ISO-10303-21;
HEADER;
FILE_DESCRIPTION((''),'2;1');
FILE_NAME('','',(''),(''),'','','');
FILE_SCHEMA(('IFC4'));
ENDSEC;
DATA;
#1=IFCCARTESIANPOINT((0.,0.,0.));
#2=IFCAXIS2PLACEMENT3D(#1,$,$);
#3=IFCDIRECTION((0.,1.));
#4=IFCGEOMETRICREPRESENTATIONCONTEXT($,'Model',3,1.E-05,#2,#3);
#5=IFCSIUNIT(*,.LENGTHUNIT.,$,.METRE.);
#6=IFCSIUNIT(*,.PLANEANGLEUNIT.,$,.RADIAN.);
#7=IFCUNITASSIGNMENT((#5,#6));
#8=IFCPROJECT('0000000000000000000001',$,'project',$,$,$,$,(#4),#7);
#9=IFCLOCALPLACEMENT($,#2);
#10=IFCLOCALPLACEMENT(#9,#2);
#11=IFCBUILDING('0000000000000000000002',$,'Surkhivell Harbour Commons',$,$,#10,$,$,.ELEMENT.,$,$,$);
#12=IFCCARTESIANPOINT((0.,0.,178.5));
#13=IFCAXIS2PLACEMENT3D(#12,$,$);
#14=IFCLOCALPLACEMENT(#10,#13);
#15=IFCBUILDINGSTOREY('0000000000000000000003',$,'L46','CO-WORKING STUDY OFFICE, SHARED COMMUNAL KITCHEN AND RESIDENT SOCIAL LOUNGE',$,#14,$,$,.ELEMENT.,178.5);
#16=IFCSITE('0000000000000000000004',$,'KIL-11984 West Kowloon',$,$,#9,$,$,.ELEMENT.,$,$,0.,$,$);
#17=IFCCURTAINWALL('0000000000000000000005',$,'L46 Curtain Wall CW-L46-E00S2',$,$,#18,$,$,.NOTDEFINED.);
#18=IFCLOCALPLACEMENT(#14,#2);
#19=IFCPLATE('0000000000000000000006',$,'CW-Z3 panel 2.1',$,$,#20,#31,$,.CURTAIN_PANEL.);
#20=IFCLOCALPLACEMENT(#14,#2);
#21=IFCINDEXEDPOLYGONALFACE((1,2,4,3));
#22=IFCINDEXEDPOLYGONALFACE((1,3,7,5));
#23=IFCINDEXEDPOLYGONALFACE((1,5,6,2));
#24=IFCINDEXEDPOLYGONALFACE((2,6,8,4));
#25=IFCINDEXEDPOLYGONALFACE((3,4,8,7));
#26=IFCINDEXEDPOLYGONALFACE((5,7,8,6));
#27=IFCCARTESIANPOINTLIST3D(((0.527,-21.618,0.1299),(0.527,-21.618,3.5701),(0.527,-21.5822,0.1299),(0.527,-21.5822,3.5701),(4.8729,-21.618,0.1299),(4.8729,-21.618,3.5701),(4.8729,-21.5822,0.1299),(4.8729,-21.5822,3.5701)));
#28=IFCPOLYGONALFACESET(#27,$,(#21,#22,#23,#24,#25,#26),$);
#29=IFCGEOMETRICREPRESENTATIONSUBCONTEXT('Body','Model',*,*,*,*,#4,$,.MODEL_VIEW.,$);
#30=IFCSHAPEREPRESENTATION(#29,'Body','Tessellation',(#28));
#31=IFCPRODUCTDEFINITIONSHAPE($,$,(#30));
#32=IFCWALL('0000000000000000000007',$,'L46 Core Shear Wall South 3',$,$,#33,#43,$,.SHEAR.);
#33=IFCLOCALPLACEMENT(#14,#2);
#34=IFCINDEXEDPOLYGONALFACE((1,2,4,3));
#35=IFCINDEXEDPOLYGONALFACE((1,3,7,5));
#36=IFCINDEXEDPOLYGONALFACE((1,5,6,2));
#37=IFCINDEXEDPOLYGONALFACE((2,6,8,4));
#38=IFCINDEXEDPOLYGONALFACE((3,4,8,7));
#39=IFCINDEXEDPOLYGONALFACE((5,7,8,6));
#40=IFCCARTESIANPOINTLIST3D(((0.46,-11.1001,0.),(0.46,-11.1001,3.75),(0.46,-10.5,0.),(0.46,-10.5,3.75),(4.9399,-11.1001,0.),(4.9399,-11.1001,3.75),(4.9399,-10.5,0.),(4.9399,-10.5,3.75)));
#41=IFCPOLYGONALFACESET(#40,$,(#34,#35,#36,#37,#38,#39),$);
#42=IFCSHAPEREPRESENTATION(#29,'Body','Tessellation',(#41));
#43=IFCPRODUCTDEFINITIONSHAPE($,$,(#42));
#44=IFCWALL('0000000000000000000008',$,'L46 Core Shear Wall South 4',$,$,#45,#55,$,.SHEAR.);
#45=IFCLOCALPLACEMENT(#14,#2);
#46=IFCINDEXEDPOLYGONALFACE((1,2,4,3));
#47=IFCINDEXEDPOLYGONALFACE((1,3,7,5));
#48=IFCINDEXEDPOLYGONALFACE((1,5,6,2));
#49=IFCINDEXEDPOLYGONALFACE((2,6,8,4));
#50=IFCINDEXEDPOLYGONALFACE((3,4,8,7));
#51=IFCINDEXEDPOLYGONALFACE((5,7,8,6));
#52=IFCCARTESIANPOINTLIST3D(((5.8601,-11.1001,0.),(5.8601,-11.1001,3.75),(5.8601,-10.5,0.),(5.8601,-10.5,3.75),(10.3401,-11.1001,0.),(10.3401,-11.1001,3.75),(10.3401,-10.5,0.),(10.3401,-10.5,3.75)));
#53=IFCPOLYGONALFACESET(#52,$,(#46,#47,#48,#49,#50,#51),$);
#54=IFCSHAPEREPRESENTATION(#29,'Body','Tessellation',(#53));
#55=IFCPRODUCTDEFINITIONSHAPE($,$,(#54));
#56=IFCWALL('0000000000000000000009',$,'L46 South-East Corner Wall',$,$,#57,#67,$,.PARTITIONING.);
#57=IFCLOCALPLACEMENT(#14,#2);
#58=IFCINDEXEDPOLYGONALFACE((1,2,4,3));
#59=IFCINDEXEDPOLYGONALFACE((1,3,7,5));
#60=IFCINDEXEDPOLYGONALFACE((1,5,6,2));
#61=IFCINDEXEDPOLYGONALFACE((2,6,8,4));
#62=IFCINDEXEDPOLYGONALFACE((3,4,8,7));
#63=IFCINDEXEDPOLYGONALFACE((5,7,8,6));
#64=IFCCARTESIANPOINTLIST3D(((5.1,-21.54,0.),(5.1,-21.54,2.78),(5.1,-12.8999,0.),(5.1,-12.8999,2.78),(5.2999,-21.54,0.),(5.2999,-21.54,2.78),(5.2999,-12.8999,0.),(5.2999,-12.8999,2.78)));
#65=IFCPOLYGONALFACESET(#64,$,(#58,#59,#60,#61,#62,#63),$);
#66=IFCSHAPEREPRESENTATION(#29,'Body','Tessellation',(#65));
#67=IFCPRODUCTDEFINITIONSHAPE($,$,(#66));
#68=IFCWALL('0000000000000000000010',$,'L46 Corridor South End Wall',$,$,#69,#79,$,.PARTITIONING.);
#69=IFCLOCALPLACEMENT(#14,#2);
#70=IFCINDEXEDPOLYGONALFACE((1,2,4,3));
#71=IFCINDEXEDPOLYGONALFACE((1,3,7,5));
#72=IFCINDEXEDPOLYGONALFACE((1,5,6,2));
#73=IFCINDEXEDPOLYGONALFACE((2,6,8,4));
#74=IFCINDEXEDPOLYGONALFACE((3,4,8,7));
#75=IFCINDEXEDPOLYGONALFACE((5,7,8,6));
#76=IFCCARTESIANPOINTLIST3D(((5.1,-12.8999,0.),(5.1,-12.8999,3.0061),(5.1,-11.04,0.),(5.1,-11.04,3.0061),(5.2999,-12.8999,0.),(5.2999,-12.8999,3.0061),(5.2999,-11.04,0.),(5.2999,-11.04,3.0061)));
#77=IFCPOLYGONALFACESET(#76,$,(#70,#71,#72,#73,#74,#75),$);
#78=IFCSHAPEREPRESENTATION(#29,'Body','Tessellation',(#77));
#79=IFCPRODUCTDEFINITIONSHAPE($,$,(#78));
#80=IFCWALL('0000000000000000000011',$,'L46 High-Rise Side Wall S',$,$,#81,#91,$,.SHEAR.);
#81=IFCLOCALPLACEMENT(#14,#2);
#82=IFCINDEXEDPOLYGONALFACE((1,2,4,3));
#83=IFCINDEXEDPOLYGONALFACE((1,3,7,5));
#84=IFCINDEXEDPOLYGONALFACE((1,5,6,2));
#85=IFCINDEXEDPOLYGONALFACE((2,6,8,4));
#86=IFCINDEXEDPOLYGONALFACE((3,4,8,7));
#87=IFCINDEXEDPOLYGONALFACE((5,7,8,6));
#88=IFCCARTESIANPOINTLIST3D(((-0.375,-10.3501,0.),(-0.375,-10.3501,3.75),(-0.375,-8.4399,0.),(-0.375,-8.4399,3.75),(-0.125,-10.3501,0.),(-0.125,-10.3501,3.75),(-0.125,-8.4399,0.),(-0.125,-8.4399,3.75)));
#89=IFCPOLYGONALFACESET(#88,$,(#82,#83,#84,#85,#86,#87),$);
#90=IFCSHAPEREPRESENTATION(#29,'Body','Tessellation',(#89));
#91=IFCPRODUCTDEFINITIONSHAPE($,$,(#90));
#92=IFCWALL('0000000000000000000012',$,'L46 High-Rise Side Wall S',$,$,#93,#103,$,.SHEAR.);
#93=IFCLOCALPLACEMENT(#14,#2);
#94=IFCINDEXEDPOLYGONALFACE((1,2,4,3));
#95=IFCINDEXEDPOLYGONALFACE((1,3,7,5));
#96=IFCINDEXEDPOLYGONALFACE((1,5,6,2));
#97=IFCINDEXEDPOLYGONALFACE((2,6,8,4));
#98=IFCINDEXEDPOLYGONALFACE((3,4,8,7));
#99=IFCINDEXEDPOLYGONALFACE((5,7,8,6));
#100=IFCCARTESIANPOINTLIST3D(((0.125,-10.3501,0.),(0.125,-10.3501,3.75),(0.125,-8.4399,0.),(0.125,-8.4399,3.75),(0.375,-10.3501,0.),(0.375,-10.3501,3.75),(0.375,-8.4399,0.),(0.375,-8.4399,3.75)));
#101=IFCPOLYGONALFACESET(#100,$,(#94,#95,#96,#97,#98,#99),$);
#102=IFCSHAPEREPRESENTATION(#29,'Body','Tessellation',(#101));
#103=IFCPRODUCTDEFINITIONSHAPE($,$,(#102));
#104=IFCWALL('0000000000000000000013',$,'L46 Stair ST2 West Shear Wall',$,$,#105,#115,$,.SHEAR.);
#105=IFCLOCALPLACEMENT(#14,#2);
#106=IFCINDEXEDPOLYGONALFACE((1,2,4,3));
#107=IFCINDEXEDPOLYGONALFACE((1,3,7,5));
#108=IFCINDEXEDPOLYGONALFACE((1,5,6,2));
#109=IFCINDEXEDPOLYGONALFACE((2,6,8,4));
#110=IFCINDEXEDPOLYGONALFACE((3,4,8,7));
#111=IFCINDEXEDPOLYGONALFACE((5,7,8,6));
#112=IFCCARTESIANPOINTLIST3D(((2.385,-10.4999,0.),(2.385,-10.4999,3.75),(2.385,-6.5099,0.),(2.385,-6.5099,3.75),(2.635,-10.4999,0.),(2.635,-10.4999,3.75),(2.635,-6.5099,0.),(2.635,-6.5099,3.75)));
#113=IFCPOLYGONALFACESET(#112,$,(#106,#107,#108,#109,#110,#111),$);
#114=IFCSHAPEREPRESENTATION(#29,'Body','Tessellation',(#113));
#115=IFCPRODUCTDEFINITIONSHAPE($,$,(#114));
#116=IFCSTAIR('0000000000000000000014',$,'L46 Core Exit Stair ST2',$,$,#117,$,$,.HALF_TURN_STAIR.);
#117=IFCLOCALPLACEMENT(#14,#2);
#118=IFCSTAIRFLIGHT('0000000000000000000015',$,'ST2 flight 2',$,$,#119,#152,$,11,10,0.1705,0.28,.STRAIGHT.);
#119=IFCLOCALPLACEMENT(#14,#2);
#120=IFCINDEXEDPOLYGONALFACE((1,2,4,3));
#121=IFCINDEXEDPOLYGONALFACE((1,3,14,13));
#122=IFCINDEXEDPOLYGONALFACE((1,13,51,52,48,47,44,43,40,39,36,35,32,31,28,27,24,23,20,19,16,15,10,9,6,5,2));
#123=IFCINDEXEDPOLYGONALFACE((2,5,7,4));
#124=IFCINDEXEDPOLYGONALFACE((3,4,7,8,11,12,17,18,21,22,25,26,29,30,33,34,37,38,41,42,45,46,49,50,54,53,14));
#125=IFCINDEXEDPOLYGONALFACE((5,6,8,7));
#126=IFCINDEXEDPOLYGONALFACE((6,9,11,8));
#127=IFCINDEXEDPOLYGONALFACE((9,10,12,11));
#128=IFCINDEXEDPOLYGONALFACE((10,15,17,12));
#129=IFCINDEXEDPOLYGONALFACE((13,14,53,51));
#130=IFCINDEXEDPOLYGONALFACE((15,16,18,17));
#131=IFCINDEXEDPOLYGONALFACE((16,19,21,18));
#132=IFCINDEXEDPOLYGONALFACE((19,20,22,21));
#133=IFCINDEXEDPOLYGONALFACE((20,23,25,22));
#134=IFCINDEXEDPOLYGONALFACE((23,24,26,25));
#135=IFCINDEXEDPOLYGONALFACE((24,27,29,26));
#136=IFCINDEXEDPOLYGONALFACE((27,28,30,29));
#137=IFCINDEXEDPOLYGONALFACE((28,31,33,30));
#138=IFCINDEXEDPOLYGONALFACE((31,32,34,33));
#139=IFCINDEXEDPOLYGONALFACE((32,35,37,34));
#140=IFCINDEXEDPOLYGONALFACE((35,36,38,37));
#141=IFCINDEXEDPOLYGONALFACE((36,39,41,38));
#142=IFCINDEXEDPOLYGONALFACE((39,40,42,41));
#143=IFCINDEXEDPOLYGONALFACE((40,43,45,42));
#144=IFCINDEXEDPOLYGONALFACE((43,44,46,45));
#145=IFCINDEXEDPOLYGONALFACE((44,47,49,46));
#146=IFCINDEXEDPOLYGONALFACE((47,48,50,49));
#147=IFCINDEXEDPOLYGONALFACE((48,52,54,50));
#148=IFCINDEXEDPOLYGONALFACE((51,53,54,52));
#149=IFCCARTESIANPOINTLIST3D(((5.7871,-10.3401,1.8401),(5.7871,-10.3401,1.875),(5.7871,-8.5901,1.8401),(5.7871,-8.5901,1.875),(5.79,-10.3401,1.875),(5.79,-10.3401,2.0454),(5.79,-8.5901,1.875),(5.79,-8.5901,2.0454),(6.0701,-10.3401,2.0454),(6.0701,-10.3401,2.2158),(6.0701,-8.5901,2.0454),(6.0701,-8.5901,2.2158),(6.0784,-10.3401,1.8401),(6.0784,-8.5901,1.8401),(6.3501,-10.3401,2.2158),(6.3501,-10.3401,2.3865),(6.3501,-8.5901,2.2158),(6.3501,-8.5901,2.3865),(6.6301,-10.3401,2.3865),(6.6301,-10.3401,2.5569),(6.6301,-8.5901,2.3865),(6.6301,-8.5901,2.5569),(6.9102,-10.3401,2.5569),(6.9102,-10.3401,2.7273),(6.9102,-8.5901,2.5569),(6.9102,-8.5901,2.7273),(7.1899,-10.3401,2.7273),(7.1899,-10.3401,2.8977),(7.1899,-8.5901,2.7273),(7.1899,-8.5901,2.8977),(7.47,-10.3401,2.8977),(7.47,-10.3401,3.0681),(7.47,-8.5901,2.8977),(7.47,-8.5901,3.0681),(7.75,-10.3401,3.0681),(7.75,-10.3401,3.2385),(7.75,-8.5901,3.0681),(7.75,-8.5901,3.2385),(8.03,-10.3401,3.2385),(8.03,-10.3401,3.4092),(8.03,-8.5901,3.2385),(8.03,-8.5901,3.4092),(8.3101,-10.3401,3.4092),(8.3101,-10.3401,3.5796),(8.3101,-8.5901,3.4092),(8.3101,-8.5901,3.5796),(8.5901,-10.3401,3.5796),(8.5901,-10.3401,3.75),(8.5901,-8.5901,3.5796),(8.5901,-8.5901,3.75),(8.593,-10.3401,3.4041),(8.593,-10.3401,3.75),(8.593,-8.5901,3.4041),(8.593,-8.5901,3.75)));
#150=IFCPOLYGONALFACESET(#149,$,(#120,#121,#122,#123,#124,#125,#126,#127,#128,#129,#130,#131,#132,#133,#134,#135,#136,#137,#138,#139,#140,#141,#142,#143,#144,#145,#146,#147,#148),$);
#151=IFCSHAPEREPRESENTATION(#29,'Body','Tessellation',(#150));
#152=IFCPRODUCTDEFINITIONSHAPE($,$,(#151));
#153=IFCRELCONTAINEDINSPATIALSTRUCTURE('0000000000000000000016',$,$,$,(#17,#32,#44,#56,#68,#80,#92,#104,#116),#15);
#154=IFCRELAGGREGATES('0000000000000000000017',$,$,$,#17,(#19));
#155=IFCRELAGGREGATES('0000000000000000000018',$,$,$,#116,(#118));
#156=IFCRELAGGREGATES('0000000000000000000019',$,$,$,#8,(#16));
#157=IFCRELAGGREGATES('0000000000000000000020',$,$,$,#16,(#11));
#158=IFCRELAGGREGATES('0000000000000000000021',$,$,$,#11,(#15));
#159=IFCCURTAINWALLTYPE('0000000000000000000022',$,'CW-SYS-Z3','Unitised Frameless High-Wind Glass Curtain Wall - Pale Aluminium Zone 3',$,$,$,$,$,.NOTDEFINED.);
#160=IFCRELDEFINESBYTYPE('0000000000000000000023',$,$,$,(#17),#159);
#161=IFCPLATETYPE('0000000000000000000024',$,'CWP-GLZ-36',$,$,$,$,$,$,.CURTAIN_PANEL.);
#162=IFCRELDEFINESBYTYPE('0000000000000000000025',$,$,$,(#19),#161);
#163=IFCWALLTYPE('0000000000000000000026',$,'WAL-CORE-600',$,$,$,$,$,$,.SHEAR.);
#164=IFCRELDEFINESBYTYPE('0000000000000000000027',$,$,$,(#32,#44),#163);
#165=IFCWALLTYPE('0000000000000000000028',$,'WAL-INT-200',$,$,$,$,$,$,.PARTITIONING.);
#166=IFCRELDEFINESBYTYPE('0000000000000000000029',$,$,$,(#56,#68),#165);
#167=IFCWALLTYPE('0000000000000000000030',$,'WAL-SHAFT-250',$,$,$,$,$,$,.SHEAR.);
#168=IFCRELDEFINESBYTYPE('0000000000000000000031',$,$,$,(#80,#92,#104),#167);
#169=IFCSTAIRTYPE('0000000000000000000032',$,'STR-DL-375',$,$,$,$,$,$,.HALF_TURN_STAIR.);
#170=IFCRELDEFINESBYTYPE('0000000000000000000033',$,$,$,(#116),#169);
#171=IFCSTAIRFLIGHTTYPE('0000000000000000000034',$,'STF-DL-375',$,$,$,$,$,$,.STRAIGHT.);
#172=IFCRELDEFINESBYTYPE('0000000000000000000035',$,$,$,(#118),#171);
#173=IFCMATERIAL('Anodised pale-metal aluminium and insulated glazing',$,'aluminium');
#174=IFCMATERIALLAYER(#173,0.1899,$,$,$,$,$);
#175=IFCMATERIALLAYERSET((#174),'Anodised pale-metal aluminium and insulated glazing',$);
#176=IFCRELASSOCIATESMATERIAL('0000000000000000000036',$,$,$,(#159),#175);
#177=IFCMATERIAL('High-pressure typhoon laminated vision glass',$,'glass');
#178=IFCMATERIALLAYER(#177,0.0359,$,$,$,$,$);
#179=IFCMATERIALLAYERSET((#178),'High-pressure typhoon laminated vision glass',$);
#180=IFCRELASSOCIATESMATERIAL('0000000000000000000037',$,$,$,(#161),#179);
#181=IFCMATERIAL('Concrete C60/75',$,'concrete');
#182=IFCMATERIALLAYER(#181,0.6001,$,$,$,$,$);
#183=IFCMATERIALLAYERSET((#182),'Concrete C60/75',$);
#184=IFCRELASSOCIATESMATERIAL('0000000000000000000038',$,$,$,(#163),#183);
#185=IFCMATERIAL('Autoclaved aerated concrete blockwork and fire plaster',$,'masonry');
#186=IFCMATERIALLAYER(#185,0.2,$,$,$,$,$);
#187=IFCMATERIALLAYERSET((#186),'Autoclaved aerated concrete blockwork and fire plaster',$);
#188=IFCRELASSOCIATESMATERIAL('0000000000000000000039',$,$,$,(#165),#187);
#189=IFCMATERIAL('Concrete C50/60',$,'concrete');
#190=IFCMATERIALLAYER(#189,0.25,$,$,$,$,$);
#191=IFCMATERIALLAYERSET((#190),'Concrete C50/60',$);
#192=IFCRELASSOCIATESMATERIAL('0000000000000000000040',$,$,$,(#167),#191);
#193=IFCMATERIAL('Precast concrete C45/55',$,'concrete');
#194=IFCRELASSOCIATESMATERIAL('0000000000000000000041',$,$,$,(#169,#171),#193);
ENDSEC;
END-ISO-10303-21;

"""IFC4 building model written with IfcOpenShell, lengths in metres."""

from ifc_helpers import new_model, si_unit, direction, frame, frame_2d, origin, place, context, subcontext, project, spatial, polyline, rectangle, outline, extrude, material, layer, layer_set, type_object, element, aggregate, save


model = new_model("IFC4")

# Units and contexts
model_context = context("Model", 3, precision=1e-05, world=origin(), true_north=direction((0.0, 1.0)))
body_context = subcontext(model_context, "Body", "Model", "MODEL_VIEW")
ifc_project = project(units=[si_unit("LENGTHUNIT", "METRE"), si_unit("PLANEANGLEUNIT", "RADIAN")], contexts=[model_context])

# Site, building, storey
site_placement = place(None, origin())
site = spatial("IfcSite", under=ifc_project, at=site_placement, Name="KIL-11984 West Kowloon", CompositionType="ELEMENT", RefElevation=0.0)
building_placement = place(site_placement, origin())
building = spatial("IfcBuilding", under=site, at=building_placement, Name="Surkhivell Harbour Commons", CompositionType="ELEMENT")
storey_placement = place(building_placement, frame((0.0, 0.0, 178.5)))
storey = spatial("IfcBuildingStorey", under=building, at=storey_placement, Name="L46", Description="CO-WORKING STUDY OFFICE, SHARED COMMUNAL KITCHEN AND RESIDENT SOCIAL LOUNGE", CompositionType="ELEMENT", Elevation=178.5)

# Shared definitions
ifc_material_1 = material(Name="Concrete C60/75", Category="concrete")

# Curtain wall, plate
ifc_material_2 = material(Name="Anodised pale-metal aluminium and insulated glazing", Category="aluminium")
ifc_layer_1 = layer(ifc_material_2, 0.1899)
ifc_layer_set_1 = layer_set([ifc_layer_1], Name="Anodised pale-metal aluminium and insulated glazing")
curtain_wall_type = type_object("IfcCurtainWallType", Name="CW-SYS-Z3", Description="Unitised Frameless High-Wind Glass Curtain Wall - Pale Aluminium Zone 3", PredefinedType="NOTDEFINED", material=ifc_layer_set_1)
curtain_wall_placement = place(storey_placement, origin())
curtain_wall = element("IfcCurtainWall", 1, at=curtain_wall_placement, inside=storey, type_object=curtain_wall_type, Name="L46 Curtain Wall CW-L46-E00S2", PredefinedType="NOTDEFINED")
ifc_material_3 = material(Name="High-pressure typhoon laminated vision glass", Category="glass")
ifc_layer_2 = layer(ifc_material_3, 0.0359)
ifc_layer_set_2 = layer_set([ifc_layer_2], Name="High-pressure typhoon laminated vision glass")
plate_type = type_object("IfcPlateType", Name="CWP-GLZ-36", PredefinedType="CURTAIN_PANEL", material=ifc_layer_set_2)
plate_placement = place(storey_placement, frame((0.5271, -21.6001, 0.1299), z_axis=(0.0, 0.0, 1.0), x_axis=(1.0, 0.0, 0.0)))
plate = element("IfcPlate", 2, at=plate_placement, type_object=plate_type, Name="CW-Z3 panel 2.1", PredefinedType="CURTAIN_PANEL", context=body_context, shape_type="SweptSolid", body=[
    extrude(rectangle(XDim=4.3459, YDim=0.0359, at=frame_2d((2.1729, 0.0))), origin(), (0.0, 0.0, 1.0), 3.4402),
])
aggregate(curtain_wall, [plate])

# Walls
ifc_layer_3 = layer(ifc_material_1, 0.6001)
ifc_layer_set_3 = layer_set([ifc_layer_3], Name="Concrete C60/75")
wall_type_1 = type_object("IfcWallType", Name="WAL-CORE-600", PredefinedType="SHEAR", material=ifc_layer_set_3)
for number, where, z_axis, x_axis, name in (
    (3, (0.46, -10.8, 0.0), (0.0, 0.0, 1.0), (1.0, 0.0, 0.0), "L46 Core Shear Wall South 3"),
    (4, (5.8601, -10.8, 0.0), (0.0, 0.0, 1.0), (1.0, 0.0, 0.0), "L46 Core Shear Wall South 4"),
):
    element("IfcWall", number, at=place(storey_placement, frame(where, z_axis=z_axis, x_axis=x_axis)), inside=storey, type_object=wall_type_1, Name=name, PredefinedType="SHEAR", context=body_context, shape_type="SweptSolid", body=[
        extrude(rectangle(XDim=4.48, YDim=0.6001, at=frame_2d((2.24, 0.0))), origin(), (0.0, 0.0, 1.0), 3.75),
    ])
ifc_material_4 = material(Name="Autoclaved aerated concrete blockwork and fire plaster", Category="masonry")
ifc_layer_4 = layer(ifc_material_4, 0.2)
ifc_layer_set_4 = layer_set([ifc_layer_4], Name="Autoclaved aerated concrete blockwork and fire plaster")
wall_type_2 = type_object("IfcWallType", Name="WAL-INT-200", PredefinedType="PARTITIONING", material=ifc_layer_set_4)
wall_1_placement = place(storey_placement, frame((5.2, -21.54, 0.0), z_axis=(0.0, 0.0, 1.0), x_axis=(0.0, 1.0, 0.0)))
element("IfcWall", 5, at=wall_1_placement, inside=storey, type_object=wall_type_2, Name="L46 South-East Corner Wall", PredefinedType="PARTITIONING", context=body_context, shape_type="SweptSolid", body=[
    extrude(rectangle(XDim=8.6401, YDim=0.2, at=frame_2d((4.3201, 0.0))), origin(), (0.0, 0.0, 1.0), 2.78),
])
wall_2_placement = place(storey_placement, frame((5.2, -12.8999, 0.0), z_axis=(0.0, 0.0, 1.0), x_axis=(0.0, 1.0, 0.0)))
element("IfcWall", 6, at=wall_2_placement, inside=storey, type_object=wall_type_2, Name="L46 Corridor South End Wall", PredefinedType="PARTITIONING", context=body_context, shape_type="SweptSolid", body=[
    extrude(rectangle(XDim=1.8599, YDim=0.2, at=frame_2d((0.9299, 0.0))), origin(), (0.0, 0.0, 1.0), 3.0061),
])
ifc_material_5 = material(Name="Concrete C50/60", Category="concrete")
ifc_layer_5 = layer(ifc_material_5, 0.25)
ifc_layer_set_5 = layer_set([ifc_layer_5], Name="Concrete C50/60")
wall_type_3 = type_object("IfcWallType", Name="WAL-SHAFT-250", PredefinedType="SHEAR", material=ifc_layer_set_5)
for number, where, z_axis, x_axis, name in (
    (7, (-0.25, -10.3501, 0.0), (0.0, 0.0, 1.0), (0.0, 1.0, 0.0), "L46 High-Rise Side Wall S"),
    (8, (0.25, -10.3501, 0.0), (0.0, 0.0, 1.0), (0.0, 1.0, 0.0), "L46 High-Rise Side Wall S"),
):
    element("IfcWall", number, at=place(storey_placement, frame(where, z_axis=z_axis, x_axis=x_axis)), inside=storey, type_object=wall_type_3, Name=name, PredefinedType="SHEAR", context=body_context, shape_type="SweptSolid", body=[
        extrude(rectangle(XDim=1.9102, YDim=0.25, at=frame_2d((0.9551, 0.0))), origin(), (0.0, 0.0, 1.0), 3.75),
    ])
wall_3_placement = place(storey_placement, frame((2.51, -10.5, 0.0), z_axis=(0.0, 0.0, 1.0), x_axis=(0.0, 1.0, 0.0)))
element("IfcWall", 9, at=wall_3_placement, inside=storey, type_object=wall_type_3, Name="L46 Stair ST2 West Shear Wall", PredefinedType="SHEAR", context=body_context, shape_type="SweptSolid", body=[
    extrude(rectangle(XDim=3.99, YDim=0.25, at=frame_2d((1.9951, 0.0))), origin(), (0.0, 0.0, 1.0), 3.75),
])

# Stair, stair flight
ifc_material_6 = material(Name="Precast concrete C45/55", Category="concrete")
stair_type = type_object("IfcStairType", Name="STR-DL-375", PredefinedType="HALF_TURN_STAIR", material=ifc_material_6)
stair_placement = place(storey_placement, origin())
stair = element("IfcStair", 10, at=stair_placement, inside=storey, type_object=stair_type, Name="L46 Core Exit Stair ST2", PredefinedType="HALF_TURN_STAIR")
stair_flight_type = type_object("IfcStairFlightType", Name="STF-DL-375", PredefinedType="STRAIGHT", material=ifc_material_6)
stair_flight_placement = place(storey_placement, frame((5.79, -9.4651, 1.875), z_axis=(0.0, 0.0, 1.0), x_axis=(1.0, 0.0, 0.0)))
stair_flight = element("IfcStairFlight", 11, at=stair_flight_placement, type_object=stair_flight_type, Name="ST2 flight 2", NumberOfRisers=11, NumberOfTreads=10, PredefinedType="STRAIGHT", RiserHeight=0.1705, TreadLength=0.28, context=body_context, shape_type="SweptSolid", body=[
    extrude(outline(polyline([(-0.0029, -0.0349), (-0.0029, 0.0), (0.0, 0.0), (0.0, 0.1704), (0.28, 0.1704), (0.28, 0.3408), (0.5601, 0.3408), (0.5601, 0.5115), (0.8401, 0.5115), (0.8401, 0.6819), (1.1201, 0.6819), (1.1201, 0.8523), (1.3999, 0.8523), (1.3999, 1.0227), (1.6799, 1.0227), (1.6799, 1.1931), (1.96, 1.1931), (1.96, 1.3635), (2.24, 1.3635), (2.24, 1.5342), (2.52, 1.5342), (2.52, 1.7046), (2.8, 1.7046), (2.8, 1.875), (2.803, 1.875), (2.803, 1.5291), (0.2883, -0.0349), (-0.0029, -0.0349)])), frame((0.0, 0.875, 0.0), z_axis=(0.0, -1.0, 0.0), x_axis=(1.0, 0.0, 0.0)), (0.0, 0.0, 1.0), 1.75),
])
aggregate(stair, [stair_flight])

save(model, "model.ifc")
